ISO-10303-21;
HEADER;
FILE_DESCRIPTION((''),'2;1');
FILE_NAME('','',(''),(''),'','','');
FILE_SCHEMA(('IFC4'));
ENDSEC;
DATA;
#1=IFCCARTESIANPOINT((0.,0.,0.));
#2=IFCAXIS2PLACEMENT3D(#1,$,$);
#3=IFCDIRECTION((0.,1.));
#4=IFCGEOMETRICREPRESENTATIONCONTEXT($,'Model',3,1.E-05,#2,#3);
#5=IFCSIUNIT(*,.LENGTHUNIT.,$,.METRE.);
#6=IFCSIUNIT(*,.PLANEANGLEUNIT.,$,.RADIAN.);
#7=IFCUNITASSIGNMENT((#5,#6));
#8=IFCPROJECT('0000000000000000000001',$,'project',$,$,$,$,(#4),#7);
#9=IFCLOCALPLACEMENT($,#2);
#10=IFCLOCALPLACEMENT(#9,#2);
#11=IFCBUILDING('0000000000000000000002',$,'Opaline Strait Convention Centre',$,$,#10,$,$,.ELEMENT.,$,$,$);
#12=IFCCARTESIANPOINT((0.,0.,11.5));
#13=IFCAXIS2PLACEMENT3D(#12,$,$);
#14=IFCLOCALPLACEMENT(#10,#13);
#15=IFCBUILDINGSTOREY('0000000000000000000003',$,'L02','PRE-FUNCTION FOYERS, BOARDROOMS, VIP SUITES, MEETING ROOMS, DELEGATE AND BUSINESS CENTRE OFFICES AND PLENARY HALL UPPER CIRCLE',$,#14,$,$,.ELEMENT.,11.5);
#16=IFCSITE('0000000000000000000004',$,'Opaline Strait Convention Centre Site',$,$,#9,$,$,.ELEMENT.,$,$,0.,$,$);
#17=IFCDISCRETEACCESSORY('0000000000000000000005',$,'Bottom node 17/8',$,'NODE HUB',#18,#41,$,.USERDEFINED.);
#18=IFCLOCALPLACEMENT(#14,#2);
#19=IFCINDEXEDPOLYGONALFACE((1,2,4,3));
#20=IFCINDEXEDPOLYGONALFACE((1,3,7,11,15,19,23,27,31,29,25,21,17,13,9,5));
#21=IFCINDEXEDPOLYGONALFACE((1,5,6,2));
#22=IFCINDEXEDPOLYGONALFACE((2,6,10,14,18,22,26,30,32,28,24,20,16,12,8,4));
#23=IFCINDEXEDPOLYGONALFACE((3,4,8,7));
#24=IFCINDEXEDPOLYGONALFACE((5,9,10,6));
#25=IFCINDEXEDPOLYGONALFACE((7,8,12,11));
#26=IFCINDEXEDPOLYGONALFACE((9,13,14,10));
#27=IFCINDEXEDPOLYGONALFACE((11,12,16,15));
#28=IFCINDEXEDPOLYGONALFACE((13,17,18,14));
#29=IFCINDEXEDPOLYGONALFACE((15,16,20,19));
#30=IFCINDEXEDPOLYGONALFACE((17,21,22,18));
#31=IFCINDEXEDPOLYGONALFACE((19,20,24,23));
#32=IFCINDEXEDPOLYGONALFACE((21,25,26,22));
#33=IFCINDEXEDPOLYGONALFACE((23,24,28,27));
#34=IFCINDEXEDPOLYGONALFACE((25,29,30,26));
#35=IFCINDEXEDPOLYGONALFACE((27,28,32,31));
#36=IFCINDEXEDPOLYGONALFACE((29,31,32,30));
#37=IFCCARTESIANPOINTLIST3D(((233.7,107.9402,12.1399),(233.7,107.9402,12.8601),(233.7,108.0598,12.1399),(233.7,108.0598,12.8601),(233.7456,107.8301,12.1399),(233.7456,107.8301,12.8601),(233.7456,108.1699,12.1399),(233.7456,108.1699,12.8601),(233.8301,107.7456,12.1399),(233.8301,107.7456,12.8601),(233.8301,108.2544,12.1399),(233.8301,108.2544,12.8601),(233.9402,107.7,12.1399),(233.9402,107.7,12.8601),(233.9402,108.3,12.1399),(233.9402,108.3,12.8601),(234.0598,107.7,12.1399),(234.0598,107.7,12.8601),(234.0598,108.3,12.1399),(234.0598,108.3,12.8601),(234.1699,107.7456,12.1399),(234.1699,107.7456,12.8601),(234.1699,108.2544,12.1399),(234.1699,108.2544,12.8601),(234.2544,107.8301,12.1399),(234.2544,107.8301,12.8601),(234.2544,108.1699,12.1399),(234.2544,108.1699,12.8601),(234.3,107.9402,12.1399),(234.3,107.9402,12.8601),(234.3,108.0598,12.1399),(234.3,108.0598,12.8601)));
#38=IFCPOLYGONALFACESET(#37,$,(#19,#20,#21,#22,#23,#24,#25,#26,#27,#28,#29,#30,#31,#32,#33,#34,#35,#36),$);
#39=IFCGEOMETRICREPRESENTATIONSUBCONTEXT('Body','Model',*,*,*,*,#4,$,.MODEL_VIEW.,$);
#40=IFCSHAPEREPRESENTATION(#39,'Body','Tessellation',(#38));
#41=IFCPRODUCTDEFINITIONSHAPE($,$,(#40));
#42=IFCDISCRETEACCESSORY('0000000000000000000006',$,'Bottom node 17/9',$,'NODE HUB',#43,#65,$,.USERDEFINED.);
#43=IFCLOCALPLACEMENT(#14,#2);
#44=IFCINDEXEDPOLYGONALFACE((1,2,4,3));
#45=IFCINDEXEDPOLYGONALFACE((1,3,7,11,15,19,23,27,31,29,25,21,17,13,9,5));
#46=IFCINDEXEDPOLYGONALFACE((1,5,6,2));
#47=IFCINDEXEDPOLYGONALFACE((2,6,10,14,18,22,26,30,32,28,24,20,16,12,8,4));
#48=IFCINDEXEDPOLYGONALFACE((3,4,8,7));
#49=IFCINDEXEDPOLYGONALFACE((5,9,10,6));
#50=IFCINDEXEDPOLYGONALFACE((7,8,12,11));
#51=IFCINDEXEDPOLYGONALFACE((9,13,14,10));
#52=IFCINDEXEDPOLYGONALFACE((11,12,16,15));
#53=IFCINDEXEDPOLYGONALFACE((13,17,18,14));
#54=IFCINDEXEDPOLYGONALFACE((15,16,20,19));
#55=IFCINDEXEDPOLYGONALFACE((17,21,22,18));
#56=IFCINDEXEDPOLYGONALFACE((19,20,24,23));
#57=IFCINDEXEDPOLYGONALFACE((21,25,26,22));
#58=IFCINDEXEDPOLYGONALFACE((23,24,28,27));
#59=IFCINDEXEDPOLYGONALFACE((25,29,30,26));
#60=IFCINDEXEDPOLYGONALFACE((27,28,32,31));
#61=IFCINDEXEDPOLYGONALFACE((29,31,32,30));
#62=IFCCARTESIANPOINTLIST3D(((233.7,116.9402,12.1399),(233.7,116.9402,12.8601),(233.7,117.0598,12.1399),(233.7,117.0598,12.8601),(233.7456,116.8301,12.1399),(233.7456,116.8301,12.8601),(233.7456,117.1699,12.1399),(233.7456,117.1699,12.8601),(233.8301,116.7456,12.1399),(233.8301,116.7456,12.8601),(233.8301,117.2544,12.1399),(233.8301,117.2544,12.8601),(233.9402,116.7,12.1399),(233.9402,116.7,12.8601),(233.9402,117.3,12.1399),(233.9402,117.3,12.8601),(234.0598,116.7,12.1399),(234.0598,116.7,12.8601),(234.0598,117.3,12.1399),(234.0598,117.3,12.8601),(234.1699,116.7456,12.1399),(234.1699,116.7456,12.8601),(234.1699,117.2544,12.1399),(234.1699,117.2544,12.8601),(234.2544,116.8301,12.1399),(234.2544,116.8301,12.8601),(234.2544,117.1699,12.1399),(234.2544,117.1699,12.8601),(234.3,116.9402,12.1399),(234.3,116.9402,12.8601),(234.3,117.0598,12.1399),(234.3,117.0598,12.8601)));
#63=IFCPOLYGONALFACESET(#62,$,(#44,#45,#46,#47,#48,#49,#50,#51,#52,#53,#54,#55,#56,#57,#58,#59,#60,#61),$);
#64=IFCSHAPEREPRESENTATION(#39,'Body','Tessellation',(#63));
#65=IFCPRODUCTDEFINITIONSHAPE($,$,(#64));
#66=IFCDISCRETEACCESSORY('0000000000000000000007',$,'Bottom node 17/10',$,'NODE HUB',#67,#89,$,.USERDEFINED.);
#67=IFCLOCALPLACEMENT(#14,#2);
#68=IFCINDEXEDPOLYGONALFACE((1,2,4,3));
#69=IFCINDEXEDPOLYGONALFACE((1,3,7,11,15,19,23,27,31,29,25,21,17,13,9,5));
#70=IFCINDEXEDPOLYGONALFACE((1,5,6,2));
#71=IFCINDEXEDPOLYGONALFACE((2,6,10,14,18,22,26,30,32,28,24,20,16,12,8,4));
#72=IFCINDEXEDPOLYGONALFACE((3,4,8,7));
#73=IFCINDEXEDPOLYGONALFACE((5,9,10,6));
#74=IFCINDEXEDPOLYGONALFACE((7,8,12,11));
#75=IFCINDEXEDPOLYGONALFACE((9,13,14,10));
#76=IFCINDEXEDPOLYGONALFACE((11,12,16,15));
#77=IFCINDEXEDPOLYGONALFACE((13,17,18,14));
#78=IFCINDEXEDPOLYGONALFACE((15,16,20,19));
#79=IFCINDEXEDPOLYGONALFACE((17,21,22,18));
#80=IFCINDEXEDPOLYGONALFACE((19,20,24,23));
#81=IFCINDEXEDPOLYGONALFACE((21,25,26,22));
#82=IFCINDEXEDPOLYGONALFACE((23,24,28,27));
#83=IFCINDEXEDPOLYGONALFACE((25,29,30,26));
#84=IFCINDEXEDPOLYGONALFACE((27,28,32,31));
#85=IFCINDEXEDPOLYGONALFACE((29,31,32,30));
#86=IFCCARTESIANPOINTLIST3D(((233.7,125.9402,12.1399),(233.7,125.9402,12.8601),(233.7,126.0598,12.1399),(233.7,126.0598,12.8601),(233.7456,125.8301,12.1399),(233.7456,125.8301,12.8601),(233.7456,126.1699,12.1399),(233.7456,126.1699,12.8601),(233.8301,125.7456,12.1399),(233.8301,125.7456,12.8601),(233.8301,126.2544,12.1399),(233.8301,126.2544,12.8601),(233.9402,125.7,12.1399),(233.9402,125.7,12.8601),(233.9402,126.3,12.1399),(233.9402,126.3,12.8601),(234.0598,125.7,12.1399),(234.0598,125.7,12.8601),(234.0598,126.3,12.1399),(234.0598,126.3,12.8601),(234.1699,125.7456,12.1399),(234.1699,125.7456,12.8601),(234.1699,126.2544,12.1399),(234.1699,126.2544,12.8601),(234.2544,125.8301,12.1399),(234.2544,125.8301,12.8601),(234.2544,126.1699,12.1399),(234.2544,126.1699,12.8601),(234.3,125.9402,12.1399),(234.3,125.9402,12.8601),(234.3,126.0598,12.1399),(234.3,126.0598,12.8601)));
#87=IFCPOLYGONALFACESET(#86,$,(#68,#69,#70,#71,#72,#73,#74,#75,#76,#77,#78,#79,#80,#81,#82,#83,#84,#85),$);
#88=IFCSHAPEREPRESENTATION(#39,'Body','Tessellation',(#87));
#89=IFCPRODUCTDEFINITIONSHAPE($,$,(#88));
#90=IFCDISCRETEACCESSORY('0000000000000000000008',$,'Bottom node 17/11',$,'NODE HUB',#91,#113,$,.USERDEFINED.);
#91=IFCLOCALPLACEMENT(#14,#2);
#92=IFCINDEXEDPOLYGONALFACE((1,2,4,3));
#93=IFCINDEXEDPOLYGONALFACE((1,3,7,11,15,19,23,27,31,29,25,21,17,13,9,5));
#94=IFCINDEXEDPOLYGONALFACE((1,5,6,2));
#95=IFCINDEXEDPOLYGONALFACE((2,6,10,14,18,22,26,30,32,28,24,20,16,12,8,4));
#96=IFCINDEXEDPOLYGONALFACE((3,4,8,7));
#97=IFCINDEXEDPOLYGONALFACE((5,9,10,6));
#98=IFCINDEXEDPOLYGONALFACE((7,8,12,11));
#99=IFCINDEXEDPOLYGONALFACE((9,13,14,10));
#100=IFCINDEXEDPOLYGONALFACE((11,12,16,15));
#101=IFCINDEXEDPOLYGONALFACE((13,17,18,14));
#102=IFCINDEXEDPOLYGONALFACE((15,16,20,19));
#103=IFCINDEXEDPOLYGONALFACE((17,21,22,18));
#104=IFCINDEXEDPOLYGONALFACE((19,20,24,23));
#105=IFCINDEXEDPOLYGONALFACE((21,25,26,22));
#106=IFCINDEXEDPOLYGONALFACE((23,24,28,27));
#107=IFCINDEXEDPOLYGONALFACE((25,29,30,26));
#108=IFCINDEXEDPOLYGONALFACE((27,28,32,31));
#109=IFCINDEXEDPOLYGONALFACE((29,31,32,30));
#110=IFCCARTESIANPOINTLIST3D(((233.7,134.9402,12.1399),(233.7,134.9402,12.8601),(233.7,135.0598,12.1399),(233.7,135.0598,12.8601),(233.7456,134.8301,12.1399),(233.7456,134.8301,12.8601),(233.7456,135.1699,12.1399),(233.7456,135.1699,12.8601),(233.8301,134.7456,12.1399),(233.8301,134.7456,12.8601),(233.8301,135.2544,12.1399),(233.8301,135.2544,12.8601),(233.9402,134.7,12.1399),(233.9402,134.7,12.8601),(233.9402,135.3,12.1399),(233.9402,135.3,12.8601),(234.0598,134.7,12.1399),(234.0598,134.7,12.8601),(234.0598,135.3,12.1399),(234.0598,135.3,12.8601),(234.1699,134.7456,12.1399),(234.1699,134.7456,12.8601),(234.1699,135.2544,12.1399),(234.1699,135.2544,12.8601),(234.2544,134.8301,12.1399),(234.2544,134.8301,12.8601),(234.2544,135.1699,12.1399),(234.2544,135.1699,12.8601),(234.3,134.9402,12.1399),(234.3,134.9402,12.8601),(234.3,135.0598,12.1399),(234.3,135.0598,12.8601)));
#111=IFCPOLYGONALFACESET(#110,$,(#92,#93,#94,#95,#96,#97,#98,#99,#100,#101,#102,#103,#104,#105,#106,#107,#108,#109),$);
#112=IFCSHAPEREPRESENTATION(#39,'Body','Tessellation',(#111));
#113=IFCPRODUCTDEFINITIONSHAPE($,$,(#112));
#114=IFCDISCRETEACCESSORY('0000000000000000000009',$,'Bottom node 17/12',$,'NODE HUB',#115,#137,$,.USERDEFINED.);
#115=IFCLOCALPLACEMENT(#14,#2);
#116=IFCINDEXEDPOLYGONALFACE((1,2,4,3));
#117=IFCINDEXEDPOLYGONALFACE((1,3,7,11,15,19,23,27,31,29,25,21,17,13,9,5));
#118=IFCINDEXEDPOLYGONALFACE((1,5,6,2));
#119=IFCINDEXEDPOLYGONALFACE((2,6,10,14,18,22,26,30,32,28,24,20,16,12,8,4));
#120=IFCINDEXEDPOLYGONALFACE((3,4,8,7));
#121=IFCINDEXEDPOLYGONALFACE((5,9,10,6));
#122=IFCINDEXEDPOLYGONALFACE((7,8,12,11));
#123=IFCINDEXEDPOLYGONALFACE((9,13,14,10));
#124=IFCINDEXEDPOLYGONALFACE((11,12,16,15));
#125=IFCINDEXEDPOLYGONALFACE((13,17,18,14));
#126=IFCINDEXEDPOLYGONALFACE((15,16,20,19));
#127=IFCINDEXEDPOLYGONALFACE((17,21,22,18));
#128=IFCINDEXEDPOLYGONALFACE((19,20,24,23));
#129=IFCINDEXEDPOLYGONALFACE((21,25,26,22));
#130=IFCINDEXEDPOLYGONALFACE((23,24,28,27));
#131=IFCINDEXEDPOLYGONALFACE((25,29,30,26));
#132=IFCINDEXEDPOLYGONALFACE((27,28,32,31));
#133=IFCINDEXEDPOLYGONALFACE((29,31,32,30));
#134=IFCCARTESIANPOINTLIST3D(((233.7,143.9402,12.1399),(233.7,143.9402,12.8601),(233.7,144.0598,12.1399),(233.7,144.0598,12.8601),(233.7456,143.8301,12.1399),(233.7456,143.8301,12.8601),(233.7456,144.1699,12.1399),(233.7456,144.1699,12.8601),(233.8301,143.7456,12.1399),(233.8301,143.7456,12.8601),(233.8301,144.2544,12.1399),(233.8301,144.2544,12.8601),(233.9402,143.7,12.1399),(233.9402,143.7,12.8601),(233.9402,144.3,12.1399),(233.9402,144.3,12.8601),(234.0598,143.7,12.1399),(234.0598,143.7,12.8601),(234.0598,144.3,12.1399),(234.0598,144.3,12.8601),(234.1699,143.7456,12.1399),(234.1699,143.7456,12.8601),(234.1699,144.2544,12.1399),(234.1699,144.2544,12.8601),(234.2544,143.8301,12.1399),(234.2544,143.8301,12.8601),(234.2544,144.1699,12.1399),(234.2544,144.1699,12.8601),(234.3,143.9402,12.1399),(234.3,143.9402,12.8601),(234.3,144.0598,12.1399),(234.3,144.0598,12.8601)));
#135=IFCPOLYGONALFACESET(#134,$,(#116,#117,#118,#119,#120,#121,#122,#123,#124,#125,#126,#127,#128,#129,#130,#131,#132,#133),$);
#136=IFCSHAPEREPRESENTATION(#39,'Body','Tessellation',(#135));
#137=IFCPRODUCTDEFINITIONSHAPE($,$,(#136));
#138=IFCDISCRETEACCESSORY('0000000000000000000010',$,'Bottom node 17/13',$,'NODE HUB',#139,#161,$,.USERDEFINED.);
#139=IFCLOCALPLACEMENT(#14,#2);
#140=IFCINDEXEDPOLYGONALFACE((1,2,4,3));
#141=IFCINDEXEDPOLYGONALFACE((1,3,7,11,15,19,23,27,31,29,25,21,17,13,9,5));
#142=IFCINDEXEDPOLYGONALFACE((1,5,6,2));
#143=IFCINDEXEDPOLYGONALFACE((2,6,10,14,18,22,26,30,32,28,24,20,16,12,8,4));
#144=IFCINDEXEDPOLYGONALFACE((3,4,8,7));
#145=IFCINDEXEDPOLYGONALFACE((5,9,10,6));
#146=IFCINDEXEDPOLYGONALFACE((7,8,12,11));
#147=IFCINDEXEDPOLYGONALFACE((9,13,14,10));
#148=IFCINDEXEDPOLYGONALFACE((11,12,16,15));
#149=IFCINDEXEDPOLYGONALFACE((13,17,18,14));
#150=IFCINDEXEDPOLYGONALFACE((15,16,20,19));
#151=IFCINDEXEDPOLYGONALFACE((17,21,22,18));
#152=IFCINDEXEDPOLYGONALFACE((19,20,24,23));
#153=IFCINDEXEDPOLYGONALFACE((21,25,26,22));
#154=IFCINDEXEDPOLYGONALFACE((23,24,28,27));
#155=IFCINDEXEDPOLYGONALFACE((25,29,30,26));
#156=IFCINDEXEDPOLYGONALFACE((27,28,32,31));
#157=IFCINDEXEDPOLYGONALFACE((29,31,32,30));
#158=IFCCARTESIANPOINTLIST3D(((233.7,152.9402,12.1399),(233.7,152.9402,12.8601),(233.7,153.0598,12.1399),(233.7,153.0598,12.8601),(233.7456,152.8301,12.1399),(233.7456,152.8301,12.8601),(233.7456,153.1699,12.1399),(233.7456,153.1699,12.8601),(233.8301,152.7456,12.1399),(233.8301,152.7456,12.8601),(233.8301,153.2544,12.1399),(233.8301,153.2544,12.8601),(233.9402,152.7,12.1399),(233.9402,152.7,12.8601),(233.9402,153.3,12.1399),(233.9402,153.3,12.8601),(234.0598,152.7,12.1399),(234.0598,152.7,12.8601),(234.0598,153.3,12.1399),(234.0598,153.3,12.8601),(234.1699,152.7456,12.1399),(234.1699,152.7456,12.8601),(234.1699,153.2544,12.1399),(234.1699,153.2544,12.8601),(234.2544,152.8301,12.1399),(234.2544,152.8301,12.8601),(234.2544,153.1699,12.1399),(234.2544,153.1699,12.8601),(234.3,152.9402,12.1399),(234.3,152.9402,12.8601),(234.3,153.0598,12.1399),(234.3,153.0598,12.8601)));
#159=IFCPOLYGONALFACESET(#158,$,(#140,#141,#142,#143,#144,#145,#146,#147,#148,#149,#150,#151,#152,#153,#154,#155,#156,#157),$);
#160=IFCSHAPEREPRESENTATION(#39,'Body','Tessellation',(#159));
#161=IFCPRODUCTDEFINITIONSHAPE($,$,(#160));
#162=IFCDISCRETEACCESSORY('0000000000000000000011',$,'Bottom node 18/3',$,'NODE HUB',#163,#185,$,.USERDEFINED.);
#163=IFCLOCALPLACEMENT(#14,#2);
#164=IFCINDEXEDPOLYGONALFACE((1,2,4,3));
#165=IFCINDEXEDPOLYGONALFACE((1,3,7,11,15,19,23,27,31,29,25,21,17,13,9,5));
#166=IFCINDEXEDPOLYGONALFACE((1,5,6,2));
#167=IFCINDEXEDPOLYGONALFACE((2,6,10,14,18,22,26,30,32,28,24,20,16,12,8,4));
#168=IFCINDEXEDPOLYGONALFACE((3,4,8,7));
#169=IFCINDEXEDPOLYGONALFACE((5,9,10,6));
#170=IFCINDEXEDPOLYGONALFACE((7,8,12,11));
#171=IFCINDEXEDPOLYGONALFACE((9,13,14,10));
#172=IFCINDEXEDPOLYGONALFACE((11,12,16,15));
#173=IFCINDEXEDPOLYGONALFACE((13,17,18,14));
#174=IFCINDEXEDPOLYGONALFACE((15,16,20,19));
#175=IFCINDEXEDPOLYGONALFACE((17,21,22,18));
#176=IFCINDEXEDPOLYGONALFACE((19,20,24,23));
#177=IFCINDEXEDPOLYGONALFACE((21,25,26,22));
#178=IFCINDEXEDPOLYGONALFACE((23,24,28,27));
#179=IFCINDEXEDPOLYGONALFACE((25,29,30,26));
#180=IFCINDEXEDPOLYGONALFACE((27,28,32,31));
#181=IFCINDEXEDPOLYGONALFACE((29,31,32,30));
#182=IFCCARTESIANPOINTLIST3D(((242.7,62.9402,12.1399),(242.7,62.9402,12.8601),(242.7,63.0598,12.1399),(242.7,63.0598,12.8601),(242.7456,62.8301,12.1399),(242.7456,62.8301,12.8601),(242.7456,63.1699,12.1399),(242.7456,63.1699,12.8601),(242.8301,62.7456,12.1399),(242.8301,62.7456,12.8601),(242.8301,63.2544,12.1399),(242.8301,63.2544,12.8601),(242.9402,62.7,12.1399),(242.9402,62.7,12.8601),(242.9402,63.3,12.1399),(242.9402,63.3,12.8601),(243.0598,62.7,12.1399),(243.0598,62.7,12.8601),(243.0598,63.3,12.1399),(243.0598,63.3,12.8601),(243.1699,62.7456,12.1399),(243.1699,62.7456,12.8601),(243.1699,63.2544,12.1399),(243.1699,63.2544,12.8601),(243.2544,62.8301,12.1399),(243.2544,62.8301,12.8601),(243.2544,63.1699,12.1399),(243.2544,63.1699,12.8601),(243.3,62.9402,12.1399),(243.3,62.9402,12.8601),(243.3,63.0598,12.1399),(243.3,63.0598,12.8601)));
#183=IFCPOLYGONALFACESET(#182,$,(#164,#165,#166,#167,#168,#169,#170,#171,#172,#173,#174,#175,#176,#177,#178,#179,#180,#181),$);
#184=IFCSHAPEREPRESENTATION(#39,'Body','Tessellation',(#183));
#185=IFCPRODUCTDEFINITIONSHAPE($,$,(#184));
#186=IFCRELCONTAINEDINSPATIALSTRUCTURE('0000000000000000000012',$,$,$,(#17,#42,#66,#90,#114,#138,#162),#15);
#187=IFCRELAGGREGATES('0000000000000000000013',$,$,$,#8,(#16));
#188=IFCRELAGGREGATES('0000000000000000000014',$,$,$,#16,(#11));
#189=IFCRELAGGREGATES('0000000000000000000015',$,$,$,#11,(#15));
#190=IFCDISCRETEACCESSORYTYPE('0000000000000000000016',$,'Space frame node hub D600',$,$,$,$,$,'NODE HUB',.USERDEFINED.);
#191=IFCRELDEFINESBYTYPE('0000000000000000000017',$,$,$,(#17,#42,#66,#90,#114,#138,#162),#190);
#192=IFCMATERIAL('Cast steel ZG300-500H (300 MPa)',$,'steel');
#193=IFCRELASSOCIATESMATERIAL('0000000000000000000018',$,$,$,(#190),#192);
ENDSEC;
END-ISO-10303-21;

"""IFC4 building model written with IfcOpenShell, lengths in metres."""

from ifc_helpers import new_model, si_unit, direction, frame, origin, place, context, subcontext, project, spatial, polyline, outline, extrude, material, type_object, element, save


model = new_model("IFC4")

# Units and contexts
model_context = context("Model", 3, precision=1e-05, world=origin(), true_north=direction((0.0, 1.0)))
body_context = subcontext(model_context, "Body", "Model", "MODEL_VIEW")
ifc_project = project(units=[si_unit("LENGTHUNIT", "METRE"), si_unit("PLANEANGLEUNIT", "RADIAN")], contexts=[model_context])

# Site, building, storey
site_placement = place(None, origin())
site = spatial("IfcSite", under=ifc_project, at=site_placement, Name="Opaline Strait Convention Centre Site", CompositionType="ELEMENT", RefElevation=0.0)
building_placement = place(site_placement, origin())
building = spatial("IfcBuilding", under=site, at=building_placement, Name="Opaline Strait Convention Centre", CompositionType="ELEMENT")
storey_placement = place(building_placement, frame((0.0, 0.0, 11.5)))
storey = spatial("IfcBuildingStorey", under=building, at=storey_placement, Name="L02", Description="PRE-FUNCTION FOYERS, BOARDROOMS, VIP SUITES, MEETING ROOMS, DELEGATE AND BUSINESS CENTRE OFFICES AND PLENARY HALL UPPER CIRCLE", CompositionType="ELEMENT", Elevation=11.5)

# Discrete accessories
ifc_material = material(Name="Cast steel ZG300-500H (300 MPa)", Category="steel")
discrete_accessory_type_1 = type_object("IfcDiscreteAccessoryType", Name="Space frame node hub D600", ElementType="NODE HUB", PredefinedType="USERDEFINED", material=ifc_material)
discrete_accessory_1_placement = place(storey_placement, frame((0.0, 0.0, 12.1399)))
element("IfcDiscreteAccessory", 1, at=discrete_accessory_1_placement, inside=storey, type_object=discrete_accessory_type_1, Name="Bottom node 17/8", ObjectType="NODE HUB", PredefinedType="USERDEFINED", context=body_context, shape_type="SweptSolid", body=[
    extrude(outline(polyline([(234.3, 108.0598), (234.2544, 108.1699), (234.1699, 108.2544), (234.0598, 108.3), (233.9402, 108.3), (233.8301, 108.2544), (233.7456, 108.1699), (233.7, 108.0598), (233.7, 107.9402), (233.7456, 107.8301), (233.8301, 107.7456), (233.9402, 107.7), (234.0598, 107.7), (234.1699, 107.7456), (234.2544, 107.8301), (234.3, 107.9402), (234.3, 108.0598)])), origin(), (0.0, 0.0, 1.0), 0.7202),
])
discrete_accessory_2_placement = place(storey_placement, frame((0.0, 0.0, 12.1399)))
element("IfcDiscreteAccessory", 2, at=discrete_accessory_2_placement, inside=storey, type_object=discrete_accessory_type_1, Name="Bottom node 17/9", ObjectType="NODE HUB", PredefinedType="USERDEFINED", context=body_context, shape_type="SweptSolid", body=[
    extrude(outline(polyline([(234.3, 117.0598), (234.2544, 117.1699), (234.1699, 117.2544), (234.0598, 117.3), (233.9402, 117.3), (233.8301, 117.2544), (233.7456, 117.1699), (233.7, 117.0598), (233.7, 116.9402), (233.7456, 116.8301), (233.8301, 116.7456), (233.9402, 116.7), (234.0598, 116.7), (234.1699, 116.7456), (234.2544, 116.8301), (234.3, 116.9402), (234.3, 117.0598)])), origin(), (0.0, 0.0, 1.0), 0.7202),
])
discrete_accessory_3_placement = place(storey_placement, frame((0.0, 0.0, 12.1399)))
element("IfcDiscreteAccessory", 3, at=discrete_accessory_3_placement, inside=storey, type_object=discrete_accessory_type_1, Name="Bottom node 17/10", ObjectType="NODE HUB", PredefinedType="USERDEFINED", context=body_context, shape_type="SweptSolid", body=[
    extrude(outline(polyline([(234.3, 126.0598), (234.2544, 126.1699), (234.1699, 126.2544), (234.0598, 126.3), (233.9402, 126.3), (233.8301, 126.2544), (233.7456, 126.1699), (233.7, 126.0598), (233.7, 125.9402), (233.7456, 125.8301), (233.8301, 125.7456), (233.9402, 125.7), (234.0598, 125.7), (234.1699, 125.7456), (234.2544, 125.8301), (234.3, 125.9402), (234.3, 126.0598)])), origin(), (0.0, 0.0, 1.0), 0.7202),
])
discrete_accessory_4_placement = place(storey_placement, frame((0.0, 0.0, 12.1399)))
element("IfcDiscreteAccessory", 4, at=discrete_accessory_4_placement, inside=storey, type_object=discrete_accessory_type_1, Name="Bottom node 17/11", ObjectType="NODE HUB", PredefinedType="USERDEFINED", context=body_context, shape_type="SweptSolid", body=[
    extrude(outline(polyline([(234.3, 135.0598), (234.2544, 135.1699), (234.1699, 135.2544), (234.0598, 135.3), (233.9402, 135.3), (233.8301, 135.2544), (233.7456, 135.1699), (233.7, 135.0598), (233.7, 134.9402), (233.7456, 134.8301), (233.8301, 134.7456), (233.9402, 134.7), (234.0598, 134.7), (234.1699, 134.7456), (234.2544, 134.8301), (234.3, 134.9402), (234.3, 135.0598)])), origin(), (0.0, 0.0, 1.0), 0.7202),
])
discrete_accessory_5_placement = place(storey_placement, frame((0.0, 0.0, 12.1399)))
element("IfcDiscreteAccessory", 5, at=discrete_accessory_5_placement, inside=storey, type_object=discrete_accessory_type_1, Name="Bottom node 17/12", ObjectType="NODE HUB", PredefinedType="USERDEFINED", context=body_context, shape_type="SweptSolid", body=[
    extrude(outline(polyline([(234.3, 144.0598), (234.2544, 144.1699), (234.1699, 144.2544), (234.0598, 144.3), (233.9402, 144.3), (233.8301, 144.2544), (233.7456, 144.1699), (233.7, 144.0598), (233.7, 143.9402), (233.7456, 143.8301), (233.8301, 143.7456), (233.9402, 143.7), (234.0598, 143.7), (234.1699, 143.7456), (234.2544, 143.8301), (234.3, 143.9402), (234.3, 144.0598)])), origin(), (0.0, 0.0, 1.0), 0.7202),
])
discrete_accessory_6_placement = place(storey_placement, frame((0.0, 0.0, 12.1399)))
element("IfcDiscreteAccessory", 6, at=discrete_accessory_6_placement, inside=storey, type_object=discrete_accessory_type_1, Name="Bottom node 17/13", ObjectType="NODE HUB", PredefinedType="USERDEFINED", context=body_context, shape_type="SweptSolid", body=[
    extrude(outline(polyline([(234.3, 153.0598), (234.2544, 153.1699), (234.1699, 153.2544), (234.0598, 153.3), (233.9402, 153.3), (233.8301, 153.2544), (233.7456, 153.1699), (233.7, 153.0598), (233.7, 152.9402), (233.7456, 152.8301), (233.8301, 152.7456), (233.9402, 152.7), (234.0598, 152.7), (234.1699, 152.7456), (234.2544, 152.8301), (234.3, 152.9402), (234.3, 153.0598)])), origin(), (0.0, 0.0, 1.0), 0.7202),
])
discrete_accessory_7_placement = place(storey_placement, frame((0.0, 0.0, 12.1399)))
element("IfcDiscreteAccessory", 7, at=discrete_accessory_7_placement, inside=storey, type_object=discrete_accessory_type_1, Name="Bottom node 18/3", ObjectType="NODE HUB", PredefinedType="USERDEFINED", context=body_context, shape_type="SweptSolid", body=[
    extrude(outline(polyline([(243.3, 63.0598), (243.2544, 63.1699), (243.1699, 63.2544), (243.0598, 63.3), (242.9402, 63.3), (242.8301, 63.2544), (242.7456, 63.1699), (242.7, 63.0598), (242.7, 62.9402), (242.7456, 62.8301), (242.8301, 62.7456), (242.9402, 62.7), (243.0598, 62.7), (243.1699, 62.7456), (243.2544, 62.8301), (243.3, 62.9402), (243.3, 63.0598)])), origin(), (0.0, 0.0, 1.0), 0.7202),
])

save(model, "model.ifc")
